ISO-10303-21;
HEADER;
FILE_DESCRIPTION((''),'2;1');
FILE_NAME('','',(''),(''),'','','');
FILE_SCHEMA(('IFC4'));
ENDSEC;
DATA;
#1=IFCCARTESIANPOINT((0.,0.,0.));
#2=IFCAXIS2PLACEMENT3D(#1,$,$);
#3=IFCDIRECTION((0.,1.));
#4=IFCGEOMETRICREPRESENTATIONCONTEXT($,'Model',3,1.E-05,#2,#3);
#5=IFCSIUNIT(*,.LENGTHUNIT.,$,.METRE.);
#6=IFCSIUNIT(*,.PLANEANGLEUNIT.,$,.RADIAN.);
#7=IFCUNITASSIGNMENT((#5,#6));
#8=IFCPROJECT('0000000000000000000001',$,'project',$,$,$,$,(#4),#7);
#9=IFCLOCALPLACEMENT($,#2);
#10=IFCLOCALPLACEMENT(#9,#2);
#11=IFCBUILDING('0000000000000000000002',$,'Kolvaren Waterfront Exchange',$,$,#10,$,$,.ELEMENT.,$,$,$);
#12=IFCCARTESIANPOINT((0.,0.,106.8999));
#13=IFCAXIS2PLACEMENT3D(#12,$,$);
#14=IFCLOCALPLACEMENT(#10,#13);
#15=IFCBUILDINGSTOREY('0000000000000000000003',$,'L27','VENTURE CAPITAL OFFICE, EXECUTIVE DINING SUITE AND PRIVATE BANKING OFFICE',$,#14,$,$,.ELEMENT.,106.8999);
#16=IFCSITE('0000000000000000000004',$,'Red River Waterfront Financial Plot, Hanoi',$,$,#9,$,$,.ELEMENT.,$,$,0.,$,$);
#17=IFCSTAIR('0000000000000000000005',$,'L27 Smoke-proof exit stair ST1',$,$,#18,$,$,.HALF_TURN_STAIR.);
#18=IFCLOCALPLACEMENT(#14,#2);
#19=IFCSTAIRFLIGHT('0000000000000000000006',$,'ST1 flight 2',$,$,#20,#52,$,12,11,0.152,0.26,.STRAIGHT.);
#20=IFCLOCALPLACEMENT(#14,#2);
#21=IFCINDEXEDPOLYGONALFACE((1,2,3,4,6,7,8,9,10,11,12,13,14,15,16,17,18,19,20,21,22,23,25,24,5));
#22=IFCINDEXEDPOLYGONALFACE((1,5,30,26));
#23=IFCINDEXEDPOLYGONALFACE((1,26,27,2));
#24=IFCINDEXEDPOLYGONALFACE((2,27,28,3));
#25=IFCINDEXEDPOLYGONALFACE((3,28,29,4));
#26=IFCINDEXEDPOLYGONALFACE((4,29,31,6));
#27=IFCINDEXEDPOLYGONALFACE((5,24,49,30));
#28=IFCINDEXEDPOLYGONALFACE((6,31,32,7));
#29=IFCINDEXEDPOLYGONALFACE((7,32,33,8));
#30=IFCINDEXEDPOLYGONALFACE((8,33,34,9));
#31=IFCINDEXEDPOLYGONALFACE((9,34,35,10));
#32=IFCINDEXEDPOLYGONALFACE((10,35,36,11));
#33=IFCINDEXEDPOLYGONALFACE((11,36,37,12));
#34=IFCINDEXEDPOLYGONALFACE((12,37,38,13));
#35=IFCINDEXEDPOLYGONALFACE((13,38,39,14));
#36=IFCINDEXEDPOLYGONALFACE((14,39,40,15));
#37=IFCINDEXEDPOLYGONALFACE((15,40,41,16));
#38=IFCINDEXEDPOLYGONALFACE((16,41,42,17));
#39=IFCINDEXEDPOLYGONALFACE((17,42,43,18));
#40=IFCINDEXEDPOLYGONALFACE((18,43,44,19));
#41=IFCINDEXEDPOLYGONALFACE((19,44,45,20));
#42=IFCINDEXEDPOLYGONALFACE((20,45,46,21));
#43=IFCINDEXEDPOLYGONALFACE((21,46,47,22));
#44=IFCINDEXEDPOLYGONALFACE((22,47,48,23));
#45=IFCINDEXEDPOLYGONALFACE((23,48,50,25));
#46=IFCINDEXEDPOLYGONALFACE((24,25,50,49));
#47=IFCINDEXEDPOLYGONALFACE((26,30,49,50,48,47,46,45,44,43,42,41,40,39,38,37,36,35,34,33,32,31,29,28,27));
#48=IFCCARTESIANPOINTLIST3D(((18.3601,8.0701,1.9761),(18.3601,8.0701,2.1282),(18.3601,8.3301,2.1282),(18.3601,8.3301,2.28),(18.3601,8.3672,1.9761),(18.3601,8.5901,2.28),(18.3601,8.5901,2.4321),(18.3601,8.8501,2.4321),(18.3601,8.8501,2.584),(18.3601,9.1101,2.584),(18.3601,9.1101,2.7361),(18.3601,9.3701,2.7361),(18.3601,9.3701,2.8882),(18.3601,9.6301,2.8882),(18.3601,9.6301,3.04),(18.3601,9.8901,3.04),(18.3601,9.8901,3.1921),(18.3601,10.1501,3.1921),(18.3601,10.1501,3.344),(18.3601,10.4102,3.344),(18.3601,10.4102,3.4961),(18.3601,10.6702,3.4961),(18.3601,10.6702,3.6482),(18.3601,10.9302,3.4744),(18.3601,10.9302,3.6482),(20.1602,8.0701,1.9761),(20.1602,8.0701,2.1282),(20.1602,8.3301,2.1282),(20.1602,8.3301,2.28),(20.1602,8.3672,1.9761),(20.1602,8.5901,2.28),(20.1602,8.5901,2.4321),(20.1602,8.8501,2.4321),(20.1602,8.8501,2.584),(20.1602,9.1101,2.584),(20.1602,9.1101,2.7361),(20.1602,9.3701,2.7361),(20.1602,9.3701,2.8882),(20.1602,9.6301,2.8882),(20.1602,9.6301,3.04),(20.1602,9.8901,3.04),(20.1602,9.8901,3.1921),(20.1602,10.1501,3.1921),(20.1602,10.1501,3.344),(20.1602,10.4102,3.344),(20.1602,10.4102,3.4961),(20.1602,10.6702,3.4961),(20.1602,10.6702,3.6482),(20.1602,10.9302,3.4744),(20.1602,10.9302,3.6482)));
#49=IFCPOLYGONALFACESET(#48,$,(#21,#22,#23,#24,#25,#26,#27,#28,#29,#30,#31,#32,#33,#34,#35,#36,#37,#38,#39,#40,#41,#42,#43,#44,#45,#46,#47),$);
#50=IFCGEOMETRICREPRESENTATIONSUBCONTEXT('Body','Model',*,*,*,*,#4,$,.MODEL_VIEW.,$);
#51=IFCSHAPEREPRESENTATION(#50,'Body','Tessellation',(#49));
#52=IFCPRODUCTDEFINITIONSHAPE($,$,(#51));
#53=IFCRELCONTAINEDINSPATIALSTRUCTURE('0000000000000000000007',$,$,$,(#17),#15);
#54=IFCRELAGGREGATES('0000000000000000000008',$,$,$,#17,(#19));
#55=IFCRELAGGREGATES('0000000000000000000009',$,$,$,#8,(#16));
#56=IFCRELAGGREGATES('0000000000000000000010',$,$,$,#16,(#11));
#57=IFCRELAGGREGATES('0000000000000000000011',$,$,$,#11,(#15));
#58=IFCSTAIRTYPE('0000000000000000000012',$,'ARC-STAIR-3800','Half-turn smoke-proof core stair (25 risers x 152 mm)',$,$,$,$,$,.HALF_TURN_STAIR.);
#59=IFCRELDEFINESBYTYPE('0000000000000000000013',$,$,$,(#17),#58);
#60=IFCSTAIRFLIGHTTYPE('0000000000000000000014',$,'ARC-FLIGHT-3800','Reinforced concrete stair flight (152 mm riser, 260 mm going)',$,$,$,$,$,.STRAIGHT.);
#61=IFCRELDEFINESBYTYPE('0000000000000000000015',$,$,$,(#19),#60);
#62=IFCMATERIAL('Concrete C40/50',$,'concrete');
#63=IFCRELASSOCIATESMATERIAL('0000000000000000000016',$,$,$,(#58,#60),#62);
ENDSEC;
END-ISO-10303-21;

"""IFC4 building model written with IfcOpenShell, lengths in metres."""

from ifc_helpers import new_model, si_unit, direction, frame, origin, place, context, subcontext, project, spatial, polyline, outline, extrude, material, type_object, element, aggregate, save


model = new_model("IFC4")

# Units and contexts
model_context = context("Model", 3, precision=1e-05, world=origin(), true_north=direction((0.0, 1.0)))
body_context = subcontext(model_context, "Body", "Model", "MODEL_VIEW")
ifc_project = project(units=[si_unit("LENGTHUNIT", "METRE"), si_unit("PLANEANGLEUNIT", "RADIAN")], contexts=[model_context])

# Site, building, storey
site_placement = place(None, origin())
site = spatial("IfcSite", under=ifc_project, at=site_placement, Name="Red River Waterfront Financial Plot, Hanoi", CompositionType="ELEMENT", RefElevation=0.0)
building_placement = place(site_placement, origin())
building = spatial("IfcBuilding", under=site, at=building_placement, Name="Kolvaren Waterfront Exchange", CompositionType="ELEMENT")
storey_placement = place(building_placement, frame((0.0, 0.0, 106.8999)))
storey = spatial("IfcBuildingStorey", under=building, at=storey_placement, Name="L27", Description="VENTURE CAPITAL OFFICE, EXECUTIVE DINING SUITE AND PRIVATE BANKING OFFICE", CompositionType="ELEMENT", Elevation=106.8999)

# Shared definitions
ifc_material_1 = material(Name="Concrete C40/50", Category="concrete")

# Stair, stair flight
stair_type = type_object("IfcStairType", Name="ARC-STAIR-3800", Description="Half-turn smoke-proof core stair (25 risers x 152 mm)", PredefinedType="HALF_TURN_STAIR", material=ifc_material_1)
stair_placement = place(storey_placement, origin())
stair = element("IfcStair", 1, at=stair_placement, inside=storey, type_object=stair_type, Name="L27 Smoke-proof exit stair ST1", PredefinedType="HALF_TURN_STAIR")
stair_flight_type = type_object("IfcStairFlightType", Name="ARC-FLIGHT-3800", Description="Reinforced concrete stair flight (152 mm riser, 260 mm going)", PredefinedType="STRAIGHT", material=ifc_material_1)
stair_flight_placement = place(storey_placement, frame((19.26, 8.0701, 1.9761), z_axis=(0.0, 0.0, 1.0), x_axis=(0.0, 1.0, 0.0)))
stair_flight = element("IfcStairFlight", 2, at=stair_flight_placement, type_object=stair_flight_type, Name="ST1 flight 2", NumberOfRisers=12, NumberOfTreads=11, PredefinedType="STRAIGHT", RiserHeight=0.152, TreadLength=0.26, context=body_context, shape_type="SweptSolid", body=[
    extrude(outline(polyline([(0.0, 0.0), (0.0, 0.1521), (0.26, 0.1521), (0.26, 0.304), (0.52, 0.304), (0.52, 0.4561), (0.78, 0.4561), (0.78, 0.6079), (1.04, 0.6079), (1.04, 0.76), (1.3, 0.76), (1.3, 0.9121), (1.5601, 0.9121), (1.5601, 1.064), (1.8201, 1.064), (1.8201, 1.2161), (2.0801, 1.2161), (2.0801, 1.3679), (2.3401, 1.3679), (2.3401, 1.52), (2.6001, 1.52), (2.6001, 1.6721), (2.8601, 1.6721), (2.8601, 1.824), (2.8601, 1.4983), (0.2971, 0.0), (0.0, 0.0)])), frame((0.0, 0.8999, 0.0), z_axis=(0.0, -1.0, 0.0), x_axis=(1.0, 0.0, 0.0)), (0.0, 0.0, 1.0), 1.8),
])
aggregate(stair, [stair_flight])

save(model, "model.ifc")
